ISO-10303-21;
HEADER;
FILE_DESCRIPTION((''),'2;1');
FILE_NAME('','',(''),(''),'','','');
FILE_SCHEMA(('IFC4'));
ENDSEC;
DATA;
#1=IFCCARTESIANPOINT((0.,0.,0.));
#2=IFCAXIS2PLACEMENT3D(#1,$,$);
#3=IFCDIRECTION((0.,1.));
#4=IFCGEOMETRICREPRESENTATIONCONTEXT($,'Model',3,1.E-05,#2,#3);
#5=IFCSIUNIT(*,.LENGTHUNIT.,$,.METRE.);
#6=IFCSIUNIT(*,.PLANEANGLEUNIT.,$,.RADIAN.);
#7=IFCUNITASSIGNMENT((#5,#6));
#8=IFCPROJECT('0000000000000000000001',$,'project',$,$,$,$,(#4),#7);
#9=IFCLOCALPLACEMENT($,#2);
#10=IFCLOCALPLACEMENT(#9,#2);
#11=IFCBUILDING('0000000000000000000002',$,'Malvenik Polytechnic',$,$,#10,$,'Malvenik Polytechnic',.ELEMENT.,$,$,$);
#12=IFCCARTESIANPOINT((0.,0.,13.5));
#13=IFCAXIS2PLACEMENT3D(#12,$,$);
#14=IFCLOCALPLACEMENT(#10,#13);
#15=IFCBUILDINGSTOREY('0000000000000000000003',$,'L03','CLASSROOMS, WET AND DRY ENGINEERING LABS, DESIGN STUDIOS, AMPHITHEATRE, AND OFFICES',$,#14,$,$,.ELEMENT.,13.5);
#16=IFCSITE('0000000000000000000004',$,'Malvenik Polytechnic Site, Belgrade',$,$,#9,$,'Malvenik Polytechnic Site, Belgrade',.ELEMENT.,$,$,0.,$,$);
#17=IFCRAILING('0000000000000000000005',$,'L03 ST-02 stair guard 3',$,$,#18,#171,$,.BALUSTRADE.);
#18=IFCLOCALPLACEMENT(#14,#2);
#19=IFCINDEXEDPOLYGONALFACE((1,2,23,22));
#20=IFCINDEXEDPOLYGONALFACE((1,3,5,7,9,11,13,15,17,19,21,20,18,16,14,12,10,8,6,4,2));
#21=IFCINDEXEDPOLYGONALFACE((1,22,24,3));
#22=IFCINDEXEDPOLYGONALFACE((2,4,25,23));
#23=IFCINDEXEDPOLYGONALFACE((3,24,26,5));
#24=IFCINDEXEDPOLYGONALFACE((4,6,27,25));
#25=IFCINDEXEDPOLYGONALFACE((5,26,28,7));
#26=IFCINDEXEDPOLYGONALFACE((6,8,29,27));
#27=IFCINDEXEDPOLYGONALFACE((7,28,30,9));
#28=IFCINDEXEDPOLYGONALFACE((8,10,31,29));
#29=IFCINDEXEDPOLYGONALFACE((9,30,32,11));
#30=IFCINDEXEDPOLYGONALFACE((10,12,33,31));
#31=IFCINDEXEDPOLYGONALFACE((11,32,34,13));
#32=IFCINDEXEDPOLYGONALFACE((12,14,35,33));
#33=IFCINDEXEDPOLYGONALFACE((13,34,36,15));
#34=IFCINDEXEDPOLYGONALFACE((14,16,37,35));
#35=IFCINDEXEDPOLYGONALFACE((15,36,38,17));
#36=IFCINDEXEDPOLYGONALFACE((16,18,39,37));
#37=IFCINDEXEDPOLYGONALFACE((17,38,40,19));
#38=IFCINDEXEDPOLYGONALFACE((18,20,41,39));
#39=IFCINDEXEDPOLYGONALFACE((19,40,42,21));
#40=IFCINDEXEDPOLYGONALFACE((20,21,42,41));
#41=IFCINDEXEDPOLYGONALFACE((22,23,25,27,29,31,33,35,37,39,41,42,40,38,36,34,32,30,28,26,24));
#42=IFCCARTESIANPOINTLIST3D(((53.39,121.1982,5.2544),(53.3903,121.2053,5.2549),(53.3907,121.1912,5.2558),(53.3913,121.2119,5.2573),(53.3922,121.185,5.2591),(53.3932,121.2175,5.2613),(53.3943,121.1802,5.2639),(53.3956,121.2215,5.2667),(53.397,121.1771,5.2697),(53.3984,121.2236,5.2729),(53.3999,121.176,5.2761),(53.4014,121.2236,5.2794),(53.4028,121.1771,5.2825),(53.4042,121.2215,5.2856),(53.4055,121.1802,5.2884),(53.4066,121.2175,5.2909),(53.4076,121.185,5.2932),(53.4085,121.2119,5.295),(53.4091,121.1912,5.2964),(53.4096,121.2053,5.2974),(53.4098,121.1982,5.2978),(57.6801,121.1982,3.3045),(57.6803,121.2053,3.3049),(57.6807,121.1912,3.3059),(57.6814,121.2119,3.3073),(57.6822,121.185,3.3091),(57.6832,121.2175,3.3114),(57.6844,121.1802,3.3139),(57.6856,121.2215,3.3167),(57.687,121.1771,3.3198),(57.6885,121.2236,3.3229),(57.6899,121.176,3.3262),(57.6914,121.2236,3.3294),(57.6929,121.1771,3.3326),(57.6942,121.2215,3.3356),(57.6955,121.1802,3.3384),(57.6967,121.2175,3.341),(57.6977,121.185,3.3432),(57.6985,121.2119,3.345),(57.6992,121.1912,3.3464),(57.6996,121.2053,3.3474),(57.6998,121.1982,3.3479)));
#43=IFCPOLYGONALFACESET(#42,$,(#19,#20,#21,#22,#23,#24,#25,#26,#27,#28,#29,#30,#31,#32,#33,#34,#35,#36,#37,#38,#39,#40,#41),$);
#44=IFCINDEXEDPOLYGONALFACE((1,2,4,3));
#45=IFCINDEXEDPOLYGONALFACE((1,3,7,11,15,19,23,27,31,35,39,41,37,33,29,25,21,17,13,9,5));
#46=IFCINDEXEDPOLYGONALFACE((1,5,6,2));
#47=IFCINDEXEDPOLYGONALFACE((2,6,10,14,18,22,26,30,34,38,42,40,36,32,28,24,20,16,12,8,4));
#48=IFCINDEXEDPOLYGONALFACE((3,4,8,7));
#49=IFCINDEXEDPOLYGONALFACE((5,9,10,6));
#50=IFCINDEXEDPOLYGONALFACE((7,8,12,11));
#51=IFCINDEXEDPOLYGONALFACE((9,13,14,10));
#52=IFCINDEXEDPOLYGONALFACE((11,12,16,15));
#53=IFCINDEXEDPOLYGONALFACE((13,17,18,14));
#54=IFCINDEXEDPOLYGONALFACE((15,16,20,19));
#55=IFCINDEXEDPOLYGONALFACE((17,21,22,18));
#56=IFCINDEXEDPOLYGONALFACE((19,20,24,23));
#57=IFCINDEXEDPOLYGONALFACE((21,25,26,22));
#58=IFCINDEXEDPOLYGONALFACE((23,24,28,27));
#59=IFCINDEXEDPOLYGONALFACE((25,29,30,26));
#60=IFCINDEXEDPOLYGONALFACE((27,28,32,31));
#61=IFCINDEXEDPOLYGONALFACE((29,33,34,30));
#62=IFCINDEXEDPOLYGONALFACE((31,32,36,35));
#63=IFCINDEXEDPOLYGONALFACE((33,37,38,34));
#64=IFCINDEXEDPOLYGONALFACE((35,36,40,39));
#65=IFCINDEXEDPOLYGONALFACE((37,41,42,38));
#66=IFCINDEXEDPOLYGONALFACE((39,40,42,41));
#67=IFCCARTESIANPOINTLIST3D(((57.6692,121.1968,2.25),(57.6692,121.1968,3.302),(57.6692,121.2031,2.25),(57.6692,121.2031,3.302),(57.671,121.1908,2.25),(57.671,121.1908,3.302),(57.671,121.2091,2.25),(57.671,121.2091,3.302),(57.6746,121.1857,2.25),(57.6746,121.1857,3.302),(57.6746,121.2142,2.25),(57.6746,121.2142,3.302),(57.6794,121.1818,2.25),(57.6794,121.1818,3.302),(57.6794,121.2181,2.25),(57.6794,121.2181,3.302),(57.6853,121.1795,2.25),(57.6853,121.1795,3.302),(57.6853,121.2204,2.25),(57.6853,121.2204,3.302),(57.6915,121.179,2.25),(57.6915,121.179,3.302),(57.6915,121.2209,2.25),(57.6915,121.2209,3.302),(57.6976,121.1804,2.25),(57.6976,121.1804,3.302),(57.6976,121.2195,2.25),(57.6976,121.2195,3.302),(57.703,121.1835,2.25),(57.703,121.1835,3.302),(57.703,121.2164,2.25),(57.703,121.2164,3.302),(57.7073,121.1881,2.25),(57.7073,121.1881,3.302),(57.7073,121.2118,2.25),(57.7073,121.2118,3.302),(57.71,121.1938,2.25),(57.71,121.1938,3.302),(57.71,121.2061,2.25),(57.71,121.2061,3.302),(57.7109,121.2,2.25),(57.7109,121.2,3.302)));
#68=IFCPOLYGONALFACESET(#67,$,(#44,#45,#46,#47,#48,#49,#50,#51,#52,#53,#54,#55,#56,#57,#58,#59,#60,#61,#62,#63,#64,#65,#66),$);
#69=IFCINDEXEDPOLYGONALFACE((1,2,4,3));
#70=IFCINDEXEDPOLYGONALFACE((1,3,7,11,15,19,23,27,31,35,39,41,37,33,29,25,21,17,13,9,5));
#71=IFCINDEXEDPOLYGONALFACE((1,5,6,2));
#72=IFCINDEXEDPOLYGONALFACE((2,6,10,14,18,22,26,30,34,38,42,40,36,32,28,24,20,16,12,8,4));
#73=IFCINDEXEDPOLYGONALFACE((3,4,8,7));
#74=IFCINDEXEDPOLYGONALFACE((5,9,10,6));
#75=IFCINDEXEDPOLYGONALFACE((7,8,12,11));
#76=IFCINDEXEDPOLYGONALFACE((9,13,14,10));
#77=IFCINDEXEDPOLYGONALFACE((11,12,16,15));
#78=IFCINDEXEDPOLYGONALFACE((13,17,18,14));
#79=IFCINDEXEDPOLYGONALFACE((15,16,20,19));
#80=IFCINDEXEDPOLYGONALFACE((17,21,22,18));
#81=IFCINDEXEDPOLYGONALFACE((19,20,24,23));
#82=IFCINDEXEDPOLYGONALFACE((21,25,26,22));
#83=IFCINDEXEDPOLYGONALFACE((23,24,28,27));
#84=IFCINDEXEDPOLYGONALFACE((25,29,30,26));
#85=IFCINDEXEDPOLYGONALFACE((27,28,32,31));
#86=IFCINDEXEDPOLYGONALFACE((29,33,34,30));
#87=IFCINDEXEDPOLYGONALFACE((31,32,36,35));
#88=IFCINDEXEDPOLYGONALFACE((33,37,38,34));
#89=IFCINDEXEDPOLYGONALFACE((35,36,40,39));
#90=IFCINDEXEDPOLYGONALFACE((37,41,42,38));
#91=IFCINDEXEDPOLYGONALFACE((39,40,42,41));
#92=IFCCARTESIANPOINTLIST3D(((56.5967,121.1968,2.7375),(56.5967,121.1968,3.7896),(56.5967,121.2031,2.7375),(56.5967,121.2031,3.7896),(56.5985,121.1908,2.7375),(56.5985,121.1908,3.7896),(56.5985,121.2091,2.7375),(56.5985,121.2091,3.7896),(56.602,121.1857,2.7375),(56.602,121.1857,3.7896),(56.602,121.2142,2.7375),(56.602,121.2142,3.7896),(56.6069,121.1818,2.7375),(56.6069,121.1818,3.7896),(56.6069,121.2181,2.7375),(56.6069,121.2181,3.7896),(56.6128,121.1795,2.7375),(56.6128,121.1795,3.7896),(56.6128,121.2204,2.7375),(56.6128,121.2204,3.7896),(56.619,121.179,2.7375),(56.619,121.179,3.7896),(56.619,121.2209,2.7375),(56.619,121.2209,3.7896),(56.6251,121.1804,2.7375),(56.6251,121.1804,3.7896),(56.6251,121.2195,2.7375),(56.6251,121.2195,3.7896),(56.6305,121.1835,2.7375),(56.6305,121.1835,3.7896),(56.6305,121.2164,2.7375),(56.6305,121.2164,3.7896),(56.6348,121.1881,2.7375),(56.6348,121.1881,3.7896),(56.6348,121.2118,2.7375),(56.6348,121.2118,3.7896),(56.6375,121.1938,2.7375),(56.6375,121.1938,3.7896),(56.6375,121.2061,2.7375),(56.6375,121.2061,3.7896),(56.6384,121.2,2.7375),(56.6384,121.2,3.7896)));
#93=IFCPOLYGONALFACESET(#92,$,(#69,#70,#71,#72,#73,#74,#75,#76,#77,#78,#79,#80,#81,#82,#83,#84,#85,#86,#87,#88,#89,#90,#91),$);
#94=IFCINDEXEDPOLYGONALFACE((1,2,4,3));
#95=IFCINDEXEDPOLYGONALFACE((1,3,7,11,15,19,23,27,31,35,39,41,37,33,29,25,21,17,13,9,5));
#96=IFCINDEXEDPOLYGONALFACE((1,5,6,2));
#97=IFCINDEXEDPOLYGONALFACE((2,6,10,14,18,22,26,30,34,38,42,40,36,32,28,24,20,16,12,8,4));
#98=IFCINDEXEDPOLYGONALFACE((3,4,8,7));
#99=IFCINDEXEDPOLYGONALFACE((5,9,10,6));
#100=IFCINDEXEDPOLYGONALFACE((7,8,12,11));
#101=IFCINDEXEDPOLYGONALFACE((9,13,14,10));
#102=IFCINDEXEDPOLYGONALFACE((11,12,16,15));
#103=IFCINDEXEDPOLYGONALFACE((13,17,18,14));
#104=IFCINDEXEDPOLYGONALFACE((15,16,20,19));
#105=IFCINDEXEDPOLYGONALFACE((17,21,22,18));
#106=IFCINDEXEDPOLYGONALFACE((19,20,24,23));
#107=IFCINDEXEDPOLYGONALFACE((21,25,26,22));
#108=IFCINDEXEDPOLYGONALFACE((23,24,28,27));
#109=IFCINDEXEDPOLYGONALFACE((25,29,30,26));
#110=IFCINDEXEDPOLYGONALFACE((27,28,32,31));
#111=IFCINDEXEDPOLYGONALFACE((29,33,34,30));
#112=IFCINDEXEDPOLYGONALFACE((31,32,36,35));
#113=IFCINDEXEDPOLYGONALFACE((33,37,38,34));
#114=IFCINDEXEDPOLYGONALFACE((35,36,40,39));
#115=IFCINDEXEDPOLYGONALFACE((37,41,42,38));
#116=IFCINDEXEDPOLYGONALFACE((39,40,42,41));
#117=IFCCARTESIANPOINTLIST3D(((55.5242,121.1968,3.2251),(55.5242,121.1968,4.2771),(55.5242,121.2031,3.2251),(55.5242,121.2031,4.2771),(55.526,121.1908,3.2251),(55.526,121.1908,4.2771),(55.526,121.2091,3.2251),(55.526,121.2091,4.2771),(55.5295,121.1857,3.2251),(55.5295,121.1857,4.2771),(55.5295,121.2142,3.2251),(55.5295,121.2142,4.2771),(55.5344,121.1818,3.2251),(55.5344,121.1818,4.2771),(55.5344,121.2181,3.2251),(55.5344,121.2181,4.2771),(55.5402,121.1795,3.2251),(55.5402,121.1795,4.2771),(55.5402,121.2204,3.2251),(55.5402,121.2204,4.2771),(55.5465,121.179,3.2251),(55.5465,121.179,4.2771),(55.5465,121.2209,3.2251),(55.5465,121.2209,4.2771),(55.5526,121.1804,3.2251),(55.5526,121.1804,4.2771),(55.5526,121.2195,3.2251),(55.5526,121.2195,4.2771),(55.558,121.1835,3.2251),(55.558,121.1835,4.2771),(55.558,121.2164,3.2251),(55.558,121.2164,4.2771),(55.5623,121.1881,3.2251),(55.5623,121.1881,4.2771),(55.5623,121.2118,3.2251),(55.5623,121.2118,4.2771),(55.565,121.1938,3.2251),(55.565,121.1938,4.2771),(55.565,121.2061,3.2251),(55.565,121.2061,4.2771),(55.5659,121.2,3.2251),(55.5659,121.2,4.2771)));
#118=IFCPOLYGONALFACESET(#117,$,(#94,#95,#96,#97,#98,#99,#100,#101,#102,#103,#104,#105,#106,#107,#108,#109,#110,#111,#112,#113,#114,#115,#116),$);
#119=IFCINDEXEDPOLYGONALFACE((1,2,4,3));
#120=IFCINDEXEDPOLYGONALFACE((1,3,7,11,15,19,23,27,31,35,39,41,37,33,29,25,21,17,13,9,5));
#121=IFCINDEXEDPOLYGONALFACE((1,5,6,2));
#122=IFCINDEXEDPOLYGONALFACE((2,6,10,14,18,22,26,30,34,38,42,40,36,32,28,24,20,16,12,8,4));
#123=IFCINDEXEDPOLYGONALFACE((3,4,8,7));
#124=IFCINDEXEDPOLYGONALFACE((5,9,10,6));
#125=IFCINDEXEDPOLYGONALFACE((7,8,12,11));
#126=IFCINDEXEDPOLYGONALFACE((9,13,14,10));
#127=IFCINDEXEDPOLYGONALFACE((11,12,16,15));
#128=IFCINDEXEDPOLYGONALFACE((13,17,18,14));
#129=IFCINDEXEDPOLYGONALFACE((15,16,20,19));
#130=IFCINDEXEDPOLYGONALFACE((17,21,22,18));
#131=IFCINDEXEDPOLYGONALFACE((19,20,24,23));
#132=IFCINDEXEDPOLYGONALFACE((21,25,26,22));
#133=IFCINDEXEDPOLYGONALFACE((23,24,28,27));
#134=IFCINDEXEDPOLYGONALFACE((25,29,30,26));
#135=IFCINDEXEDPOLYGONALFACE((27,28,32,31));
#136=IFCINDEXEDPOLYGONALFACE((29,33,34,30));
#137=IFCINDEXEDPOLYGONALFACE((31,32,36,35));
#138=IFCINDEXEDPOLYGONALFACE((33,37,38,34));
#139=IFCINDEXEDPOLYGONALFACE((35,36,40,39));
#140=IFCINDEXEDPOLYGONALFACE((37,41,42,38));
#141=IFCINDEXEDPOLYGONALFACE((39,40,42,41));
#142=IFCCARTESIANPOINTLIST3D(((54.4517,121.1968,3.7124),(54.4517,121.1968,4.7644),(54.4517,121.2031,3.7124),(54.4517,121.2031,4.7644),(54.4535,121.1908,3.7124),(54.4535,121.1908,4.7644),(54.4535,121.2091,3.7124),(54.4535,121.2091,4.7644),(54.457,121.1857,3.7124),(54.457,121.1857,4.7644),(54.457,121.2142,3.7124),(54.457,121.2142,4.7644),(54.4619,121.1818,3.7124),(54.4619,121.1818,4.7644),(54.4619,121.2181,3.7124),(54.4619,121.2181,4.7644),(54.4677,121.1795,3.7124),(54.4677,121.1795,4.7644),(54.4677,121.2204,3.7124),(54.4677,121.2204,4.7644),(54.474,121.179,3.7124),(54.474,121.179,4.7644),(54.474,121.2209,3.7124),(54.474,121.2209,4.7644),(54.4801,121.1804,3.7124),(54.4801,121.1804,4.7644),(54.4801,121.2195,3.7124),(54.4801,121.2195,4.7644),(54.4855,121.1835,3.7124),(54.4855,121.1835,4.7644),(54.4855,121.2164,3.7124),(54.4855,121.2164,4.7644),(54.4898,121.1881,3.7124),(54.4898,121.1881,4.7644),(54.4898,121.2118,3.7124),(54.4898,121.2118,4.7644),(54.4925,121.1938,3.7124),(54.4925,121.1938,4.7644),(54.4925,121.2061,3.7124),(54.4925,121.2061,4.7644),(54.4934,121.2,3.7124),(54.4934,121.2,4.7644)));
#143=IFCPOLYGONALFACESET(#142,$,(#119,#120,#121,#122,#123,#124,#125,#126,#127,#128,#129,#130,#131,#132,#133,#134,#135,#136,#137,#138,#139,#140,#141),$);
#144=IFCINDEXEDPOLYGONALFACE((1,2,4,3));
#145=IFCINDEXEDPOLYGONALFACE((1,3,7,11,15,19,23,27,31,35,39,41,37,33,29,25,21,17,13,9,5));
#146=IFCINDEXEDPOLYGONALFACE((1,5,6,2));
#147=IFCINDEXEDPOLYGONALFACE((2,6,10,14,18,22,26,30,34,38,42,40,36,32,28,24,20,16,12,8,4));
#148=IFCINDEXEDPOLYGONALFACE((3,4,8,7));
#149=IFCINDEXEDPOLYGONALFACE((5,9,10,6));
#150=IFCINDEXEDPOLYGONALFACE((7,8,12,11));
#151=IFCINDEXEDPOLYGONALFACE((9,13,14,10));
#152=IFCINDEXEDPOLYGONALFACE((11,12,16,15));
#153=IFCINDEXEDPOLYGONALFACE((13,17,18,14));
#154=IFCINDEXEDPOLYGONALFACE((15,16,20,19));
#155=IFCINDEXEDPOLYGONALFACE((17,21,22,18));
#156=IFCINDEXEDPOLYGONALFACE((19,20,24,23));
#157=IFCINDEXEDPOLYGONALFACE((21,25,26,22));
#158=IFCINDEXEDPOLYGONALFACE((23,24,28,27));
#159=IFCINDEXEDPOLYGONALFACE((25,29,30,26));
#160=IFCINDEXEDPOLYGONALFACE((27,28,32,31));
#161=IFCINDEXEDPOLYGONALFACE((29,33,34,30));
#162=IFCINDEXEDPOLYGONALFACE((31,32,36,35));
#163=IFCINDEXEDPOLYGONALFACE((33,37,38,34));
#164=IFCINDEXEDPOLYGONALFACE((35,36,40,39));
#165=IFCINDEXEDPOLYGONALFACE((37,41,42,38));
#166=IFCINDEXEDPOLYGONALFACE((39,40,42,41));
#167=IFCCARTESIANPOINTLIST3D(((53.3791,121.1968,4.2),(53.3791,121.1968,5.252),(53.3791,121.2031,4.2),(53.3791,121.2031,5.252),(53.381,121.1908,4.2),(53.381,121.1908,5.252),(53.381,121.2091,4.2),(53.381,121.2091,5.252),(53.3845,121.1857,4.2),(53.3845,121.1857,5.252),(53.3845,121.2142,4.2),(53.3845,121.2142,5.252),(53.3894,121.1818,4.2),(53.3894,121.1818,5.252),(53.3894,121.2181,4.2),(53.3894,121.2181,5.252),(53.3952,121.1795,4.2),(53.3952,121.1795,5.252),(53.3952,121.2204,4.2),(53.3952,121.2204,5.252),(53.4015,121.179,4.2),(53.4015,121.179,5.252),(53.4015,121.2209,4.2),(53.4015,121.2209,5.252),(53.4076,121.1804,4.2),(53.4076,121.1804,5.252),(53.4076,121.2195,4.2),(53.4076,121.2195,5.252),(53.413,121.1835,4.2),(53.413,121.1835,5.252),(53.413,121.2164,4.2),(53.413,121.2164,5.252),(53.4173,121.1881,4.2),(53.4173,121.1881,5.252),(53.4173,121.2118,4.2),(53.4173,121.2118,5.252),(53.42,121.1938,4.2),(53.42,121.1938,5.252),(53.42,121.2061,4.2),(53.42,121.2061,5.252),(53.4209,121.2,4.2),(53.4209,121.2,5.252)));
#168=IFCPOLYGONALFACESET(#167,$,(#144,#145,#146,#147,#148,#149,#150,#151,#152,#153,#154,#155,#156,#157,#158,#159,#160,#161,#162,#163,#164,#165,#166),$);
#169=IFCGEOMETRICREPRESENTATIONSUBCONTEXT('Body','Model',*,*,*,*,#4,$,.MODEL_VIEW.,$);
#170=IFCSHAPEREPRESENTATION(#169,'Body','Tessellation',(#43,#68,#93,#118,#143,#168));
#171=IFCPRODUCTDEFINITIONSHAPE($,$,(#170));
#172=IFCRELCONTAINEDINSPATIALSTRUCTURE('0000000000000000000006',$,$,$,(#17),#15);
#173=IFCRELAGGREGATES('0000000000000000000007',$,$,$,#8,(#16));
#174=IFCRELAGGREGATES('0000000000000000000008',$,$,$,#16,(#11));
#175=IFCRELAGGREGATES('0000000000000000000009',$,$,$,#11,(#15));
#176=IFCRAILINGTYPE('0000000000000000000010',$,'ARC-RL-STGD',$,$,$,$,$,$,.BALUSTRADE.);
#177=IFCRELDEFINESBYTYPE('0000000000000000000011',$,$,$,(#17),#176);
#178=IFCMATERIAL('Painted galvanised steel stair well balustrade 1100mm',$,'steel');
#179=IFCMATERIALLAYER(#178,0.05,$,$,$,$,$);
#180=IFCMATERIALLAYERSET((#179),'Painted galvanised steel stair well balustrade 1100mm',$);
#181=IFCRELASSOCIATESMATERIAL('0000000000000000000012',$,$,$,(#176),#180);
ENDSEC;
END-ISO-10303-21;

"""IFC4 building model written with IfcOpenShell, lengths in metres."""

from ifc_helpers import new_model, si_unit, direction, frame, origin, origin_2d, place, context, subcontext, project, spatial, circle, extrude, material, layer, layer_set, type_object, element, save


model = new_model("IFC4")

# Units and contexts
model_context = context("Model", 3, precision=1e-05, world=origin(), true_north=direction((0.0, 1.0)))
body_context = subcontext(model_context, "Body", "Model", "MODEL_VIEW")
ifc_project = project(units=[si_unit("LENGTHUNIT", "METRE"), si_unit("PLANEANGLEUNIT", "RADIAN")], contexts=[model_context])

# Site, building, storey
site_placement = place(None, origin())
site = spatial("IfcSite", under=ifc_project, at=site_placement, Name="Malvenik Polytechnic Site, Belgrade", LongName="Malvenik Polytechnic Site, Belgrade", CompositionType="ELEMENT", RefElevation=0.0)
building_placement = place(site_placement, origin())
building = spatial("IfcBuilding", under=site, at=building_placement, Name="Malvenik Polytechnic", LongName="Malvenik Polytechnic", CompositionType="ELEMENT")
storey_placement = place(building_placement, frame((0.0, 0.0, 13.5)))
storey = spatial("IfcBuildingStorey", under=building, at=storey_placement, Name="L03", Description="CLASSROOMS, WET AND DRY ENGINEERING LABS, DESIGN STUDIOS, AMPHITHEATRE, AND OFFICES", CompositionType="ELEMENT", Elevation=13.5)

# Railing
ifc_material_1 = material(Name="Painted galvanised steel stair well balustrade 1100mm", Category="steel")
ifc_layer_1 = layer(ifc_material_1, 0.05)
ifc_layer_set_1 = layer_set([ifc_layer_1], Name="Painted galvanised steel stair well balustrade 1100mm")
railing_type_1 = type_object("IfcRailingType", Name="ARC-RL-STGD", PredefinedType="BALUSTRADE", material=ifc_layer_set_1)
railing_1_placement = place(storey_placement, frame((57.6899, 121.2, 2.25)))
element("IfcRailing", 1, at=railing_1_placement, inside=storey, type_object=railing_type_1, Name="L03 ST-02 stair guard 3", PredefinedType="BALUSTRADE", context=body_context, shape_type="SweptSolid", body=[
    extrude(circle(Radius=0.0239, at=origin_2d()), frame((0.0, 0.0, 1.0762), z_axis=(-0.910372, 0.0, 0.413791), x_axis=(0.0, -1.0, 0.0)), (0.0, 0.0, 1.0), 4.7124),
    extrude(circle(Radius=0.021, at=origin_2d()), origin(), (0.0, 0.0, 1.0), 1.052),
    extrude(circle(Radius=0.021, at=origin_2d()), frame((-1.0725, 0.0, 0.4875)), (0.0, 0.0, 1.0), 1.052),
    extrude(circle(Radius=0.021, at=origin_2d()), frame((-2.145, 0.0, 0.9751)), (0.0, 0.0, 1.0), 1.052),
    extrude(circle(Radius=0.021, at=origin_2d()), frame((-3.2175, 0.0, 1.4624)), (0.0, 0.0, 1.0), 1.052),
    extrude(circle(Radius=0.021, at=origin_2d()), frame((-4.29, 0.0, 1.95)), (0.0, 0.0, 1.0), 1.052),
])

save(model, "model.ifc")
